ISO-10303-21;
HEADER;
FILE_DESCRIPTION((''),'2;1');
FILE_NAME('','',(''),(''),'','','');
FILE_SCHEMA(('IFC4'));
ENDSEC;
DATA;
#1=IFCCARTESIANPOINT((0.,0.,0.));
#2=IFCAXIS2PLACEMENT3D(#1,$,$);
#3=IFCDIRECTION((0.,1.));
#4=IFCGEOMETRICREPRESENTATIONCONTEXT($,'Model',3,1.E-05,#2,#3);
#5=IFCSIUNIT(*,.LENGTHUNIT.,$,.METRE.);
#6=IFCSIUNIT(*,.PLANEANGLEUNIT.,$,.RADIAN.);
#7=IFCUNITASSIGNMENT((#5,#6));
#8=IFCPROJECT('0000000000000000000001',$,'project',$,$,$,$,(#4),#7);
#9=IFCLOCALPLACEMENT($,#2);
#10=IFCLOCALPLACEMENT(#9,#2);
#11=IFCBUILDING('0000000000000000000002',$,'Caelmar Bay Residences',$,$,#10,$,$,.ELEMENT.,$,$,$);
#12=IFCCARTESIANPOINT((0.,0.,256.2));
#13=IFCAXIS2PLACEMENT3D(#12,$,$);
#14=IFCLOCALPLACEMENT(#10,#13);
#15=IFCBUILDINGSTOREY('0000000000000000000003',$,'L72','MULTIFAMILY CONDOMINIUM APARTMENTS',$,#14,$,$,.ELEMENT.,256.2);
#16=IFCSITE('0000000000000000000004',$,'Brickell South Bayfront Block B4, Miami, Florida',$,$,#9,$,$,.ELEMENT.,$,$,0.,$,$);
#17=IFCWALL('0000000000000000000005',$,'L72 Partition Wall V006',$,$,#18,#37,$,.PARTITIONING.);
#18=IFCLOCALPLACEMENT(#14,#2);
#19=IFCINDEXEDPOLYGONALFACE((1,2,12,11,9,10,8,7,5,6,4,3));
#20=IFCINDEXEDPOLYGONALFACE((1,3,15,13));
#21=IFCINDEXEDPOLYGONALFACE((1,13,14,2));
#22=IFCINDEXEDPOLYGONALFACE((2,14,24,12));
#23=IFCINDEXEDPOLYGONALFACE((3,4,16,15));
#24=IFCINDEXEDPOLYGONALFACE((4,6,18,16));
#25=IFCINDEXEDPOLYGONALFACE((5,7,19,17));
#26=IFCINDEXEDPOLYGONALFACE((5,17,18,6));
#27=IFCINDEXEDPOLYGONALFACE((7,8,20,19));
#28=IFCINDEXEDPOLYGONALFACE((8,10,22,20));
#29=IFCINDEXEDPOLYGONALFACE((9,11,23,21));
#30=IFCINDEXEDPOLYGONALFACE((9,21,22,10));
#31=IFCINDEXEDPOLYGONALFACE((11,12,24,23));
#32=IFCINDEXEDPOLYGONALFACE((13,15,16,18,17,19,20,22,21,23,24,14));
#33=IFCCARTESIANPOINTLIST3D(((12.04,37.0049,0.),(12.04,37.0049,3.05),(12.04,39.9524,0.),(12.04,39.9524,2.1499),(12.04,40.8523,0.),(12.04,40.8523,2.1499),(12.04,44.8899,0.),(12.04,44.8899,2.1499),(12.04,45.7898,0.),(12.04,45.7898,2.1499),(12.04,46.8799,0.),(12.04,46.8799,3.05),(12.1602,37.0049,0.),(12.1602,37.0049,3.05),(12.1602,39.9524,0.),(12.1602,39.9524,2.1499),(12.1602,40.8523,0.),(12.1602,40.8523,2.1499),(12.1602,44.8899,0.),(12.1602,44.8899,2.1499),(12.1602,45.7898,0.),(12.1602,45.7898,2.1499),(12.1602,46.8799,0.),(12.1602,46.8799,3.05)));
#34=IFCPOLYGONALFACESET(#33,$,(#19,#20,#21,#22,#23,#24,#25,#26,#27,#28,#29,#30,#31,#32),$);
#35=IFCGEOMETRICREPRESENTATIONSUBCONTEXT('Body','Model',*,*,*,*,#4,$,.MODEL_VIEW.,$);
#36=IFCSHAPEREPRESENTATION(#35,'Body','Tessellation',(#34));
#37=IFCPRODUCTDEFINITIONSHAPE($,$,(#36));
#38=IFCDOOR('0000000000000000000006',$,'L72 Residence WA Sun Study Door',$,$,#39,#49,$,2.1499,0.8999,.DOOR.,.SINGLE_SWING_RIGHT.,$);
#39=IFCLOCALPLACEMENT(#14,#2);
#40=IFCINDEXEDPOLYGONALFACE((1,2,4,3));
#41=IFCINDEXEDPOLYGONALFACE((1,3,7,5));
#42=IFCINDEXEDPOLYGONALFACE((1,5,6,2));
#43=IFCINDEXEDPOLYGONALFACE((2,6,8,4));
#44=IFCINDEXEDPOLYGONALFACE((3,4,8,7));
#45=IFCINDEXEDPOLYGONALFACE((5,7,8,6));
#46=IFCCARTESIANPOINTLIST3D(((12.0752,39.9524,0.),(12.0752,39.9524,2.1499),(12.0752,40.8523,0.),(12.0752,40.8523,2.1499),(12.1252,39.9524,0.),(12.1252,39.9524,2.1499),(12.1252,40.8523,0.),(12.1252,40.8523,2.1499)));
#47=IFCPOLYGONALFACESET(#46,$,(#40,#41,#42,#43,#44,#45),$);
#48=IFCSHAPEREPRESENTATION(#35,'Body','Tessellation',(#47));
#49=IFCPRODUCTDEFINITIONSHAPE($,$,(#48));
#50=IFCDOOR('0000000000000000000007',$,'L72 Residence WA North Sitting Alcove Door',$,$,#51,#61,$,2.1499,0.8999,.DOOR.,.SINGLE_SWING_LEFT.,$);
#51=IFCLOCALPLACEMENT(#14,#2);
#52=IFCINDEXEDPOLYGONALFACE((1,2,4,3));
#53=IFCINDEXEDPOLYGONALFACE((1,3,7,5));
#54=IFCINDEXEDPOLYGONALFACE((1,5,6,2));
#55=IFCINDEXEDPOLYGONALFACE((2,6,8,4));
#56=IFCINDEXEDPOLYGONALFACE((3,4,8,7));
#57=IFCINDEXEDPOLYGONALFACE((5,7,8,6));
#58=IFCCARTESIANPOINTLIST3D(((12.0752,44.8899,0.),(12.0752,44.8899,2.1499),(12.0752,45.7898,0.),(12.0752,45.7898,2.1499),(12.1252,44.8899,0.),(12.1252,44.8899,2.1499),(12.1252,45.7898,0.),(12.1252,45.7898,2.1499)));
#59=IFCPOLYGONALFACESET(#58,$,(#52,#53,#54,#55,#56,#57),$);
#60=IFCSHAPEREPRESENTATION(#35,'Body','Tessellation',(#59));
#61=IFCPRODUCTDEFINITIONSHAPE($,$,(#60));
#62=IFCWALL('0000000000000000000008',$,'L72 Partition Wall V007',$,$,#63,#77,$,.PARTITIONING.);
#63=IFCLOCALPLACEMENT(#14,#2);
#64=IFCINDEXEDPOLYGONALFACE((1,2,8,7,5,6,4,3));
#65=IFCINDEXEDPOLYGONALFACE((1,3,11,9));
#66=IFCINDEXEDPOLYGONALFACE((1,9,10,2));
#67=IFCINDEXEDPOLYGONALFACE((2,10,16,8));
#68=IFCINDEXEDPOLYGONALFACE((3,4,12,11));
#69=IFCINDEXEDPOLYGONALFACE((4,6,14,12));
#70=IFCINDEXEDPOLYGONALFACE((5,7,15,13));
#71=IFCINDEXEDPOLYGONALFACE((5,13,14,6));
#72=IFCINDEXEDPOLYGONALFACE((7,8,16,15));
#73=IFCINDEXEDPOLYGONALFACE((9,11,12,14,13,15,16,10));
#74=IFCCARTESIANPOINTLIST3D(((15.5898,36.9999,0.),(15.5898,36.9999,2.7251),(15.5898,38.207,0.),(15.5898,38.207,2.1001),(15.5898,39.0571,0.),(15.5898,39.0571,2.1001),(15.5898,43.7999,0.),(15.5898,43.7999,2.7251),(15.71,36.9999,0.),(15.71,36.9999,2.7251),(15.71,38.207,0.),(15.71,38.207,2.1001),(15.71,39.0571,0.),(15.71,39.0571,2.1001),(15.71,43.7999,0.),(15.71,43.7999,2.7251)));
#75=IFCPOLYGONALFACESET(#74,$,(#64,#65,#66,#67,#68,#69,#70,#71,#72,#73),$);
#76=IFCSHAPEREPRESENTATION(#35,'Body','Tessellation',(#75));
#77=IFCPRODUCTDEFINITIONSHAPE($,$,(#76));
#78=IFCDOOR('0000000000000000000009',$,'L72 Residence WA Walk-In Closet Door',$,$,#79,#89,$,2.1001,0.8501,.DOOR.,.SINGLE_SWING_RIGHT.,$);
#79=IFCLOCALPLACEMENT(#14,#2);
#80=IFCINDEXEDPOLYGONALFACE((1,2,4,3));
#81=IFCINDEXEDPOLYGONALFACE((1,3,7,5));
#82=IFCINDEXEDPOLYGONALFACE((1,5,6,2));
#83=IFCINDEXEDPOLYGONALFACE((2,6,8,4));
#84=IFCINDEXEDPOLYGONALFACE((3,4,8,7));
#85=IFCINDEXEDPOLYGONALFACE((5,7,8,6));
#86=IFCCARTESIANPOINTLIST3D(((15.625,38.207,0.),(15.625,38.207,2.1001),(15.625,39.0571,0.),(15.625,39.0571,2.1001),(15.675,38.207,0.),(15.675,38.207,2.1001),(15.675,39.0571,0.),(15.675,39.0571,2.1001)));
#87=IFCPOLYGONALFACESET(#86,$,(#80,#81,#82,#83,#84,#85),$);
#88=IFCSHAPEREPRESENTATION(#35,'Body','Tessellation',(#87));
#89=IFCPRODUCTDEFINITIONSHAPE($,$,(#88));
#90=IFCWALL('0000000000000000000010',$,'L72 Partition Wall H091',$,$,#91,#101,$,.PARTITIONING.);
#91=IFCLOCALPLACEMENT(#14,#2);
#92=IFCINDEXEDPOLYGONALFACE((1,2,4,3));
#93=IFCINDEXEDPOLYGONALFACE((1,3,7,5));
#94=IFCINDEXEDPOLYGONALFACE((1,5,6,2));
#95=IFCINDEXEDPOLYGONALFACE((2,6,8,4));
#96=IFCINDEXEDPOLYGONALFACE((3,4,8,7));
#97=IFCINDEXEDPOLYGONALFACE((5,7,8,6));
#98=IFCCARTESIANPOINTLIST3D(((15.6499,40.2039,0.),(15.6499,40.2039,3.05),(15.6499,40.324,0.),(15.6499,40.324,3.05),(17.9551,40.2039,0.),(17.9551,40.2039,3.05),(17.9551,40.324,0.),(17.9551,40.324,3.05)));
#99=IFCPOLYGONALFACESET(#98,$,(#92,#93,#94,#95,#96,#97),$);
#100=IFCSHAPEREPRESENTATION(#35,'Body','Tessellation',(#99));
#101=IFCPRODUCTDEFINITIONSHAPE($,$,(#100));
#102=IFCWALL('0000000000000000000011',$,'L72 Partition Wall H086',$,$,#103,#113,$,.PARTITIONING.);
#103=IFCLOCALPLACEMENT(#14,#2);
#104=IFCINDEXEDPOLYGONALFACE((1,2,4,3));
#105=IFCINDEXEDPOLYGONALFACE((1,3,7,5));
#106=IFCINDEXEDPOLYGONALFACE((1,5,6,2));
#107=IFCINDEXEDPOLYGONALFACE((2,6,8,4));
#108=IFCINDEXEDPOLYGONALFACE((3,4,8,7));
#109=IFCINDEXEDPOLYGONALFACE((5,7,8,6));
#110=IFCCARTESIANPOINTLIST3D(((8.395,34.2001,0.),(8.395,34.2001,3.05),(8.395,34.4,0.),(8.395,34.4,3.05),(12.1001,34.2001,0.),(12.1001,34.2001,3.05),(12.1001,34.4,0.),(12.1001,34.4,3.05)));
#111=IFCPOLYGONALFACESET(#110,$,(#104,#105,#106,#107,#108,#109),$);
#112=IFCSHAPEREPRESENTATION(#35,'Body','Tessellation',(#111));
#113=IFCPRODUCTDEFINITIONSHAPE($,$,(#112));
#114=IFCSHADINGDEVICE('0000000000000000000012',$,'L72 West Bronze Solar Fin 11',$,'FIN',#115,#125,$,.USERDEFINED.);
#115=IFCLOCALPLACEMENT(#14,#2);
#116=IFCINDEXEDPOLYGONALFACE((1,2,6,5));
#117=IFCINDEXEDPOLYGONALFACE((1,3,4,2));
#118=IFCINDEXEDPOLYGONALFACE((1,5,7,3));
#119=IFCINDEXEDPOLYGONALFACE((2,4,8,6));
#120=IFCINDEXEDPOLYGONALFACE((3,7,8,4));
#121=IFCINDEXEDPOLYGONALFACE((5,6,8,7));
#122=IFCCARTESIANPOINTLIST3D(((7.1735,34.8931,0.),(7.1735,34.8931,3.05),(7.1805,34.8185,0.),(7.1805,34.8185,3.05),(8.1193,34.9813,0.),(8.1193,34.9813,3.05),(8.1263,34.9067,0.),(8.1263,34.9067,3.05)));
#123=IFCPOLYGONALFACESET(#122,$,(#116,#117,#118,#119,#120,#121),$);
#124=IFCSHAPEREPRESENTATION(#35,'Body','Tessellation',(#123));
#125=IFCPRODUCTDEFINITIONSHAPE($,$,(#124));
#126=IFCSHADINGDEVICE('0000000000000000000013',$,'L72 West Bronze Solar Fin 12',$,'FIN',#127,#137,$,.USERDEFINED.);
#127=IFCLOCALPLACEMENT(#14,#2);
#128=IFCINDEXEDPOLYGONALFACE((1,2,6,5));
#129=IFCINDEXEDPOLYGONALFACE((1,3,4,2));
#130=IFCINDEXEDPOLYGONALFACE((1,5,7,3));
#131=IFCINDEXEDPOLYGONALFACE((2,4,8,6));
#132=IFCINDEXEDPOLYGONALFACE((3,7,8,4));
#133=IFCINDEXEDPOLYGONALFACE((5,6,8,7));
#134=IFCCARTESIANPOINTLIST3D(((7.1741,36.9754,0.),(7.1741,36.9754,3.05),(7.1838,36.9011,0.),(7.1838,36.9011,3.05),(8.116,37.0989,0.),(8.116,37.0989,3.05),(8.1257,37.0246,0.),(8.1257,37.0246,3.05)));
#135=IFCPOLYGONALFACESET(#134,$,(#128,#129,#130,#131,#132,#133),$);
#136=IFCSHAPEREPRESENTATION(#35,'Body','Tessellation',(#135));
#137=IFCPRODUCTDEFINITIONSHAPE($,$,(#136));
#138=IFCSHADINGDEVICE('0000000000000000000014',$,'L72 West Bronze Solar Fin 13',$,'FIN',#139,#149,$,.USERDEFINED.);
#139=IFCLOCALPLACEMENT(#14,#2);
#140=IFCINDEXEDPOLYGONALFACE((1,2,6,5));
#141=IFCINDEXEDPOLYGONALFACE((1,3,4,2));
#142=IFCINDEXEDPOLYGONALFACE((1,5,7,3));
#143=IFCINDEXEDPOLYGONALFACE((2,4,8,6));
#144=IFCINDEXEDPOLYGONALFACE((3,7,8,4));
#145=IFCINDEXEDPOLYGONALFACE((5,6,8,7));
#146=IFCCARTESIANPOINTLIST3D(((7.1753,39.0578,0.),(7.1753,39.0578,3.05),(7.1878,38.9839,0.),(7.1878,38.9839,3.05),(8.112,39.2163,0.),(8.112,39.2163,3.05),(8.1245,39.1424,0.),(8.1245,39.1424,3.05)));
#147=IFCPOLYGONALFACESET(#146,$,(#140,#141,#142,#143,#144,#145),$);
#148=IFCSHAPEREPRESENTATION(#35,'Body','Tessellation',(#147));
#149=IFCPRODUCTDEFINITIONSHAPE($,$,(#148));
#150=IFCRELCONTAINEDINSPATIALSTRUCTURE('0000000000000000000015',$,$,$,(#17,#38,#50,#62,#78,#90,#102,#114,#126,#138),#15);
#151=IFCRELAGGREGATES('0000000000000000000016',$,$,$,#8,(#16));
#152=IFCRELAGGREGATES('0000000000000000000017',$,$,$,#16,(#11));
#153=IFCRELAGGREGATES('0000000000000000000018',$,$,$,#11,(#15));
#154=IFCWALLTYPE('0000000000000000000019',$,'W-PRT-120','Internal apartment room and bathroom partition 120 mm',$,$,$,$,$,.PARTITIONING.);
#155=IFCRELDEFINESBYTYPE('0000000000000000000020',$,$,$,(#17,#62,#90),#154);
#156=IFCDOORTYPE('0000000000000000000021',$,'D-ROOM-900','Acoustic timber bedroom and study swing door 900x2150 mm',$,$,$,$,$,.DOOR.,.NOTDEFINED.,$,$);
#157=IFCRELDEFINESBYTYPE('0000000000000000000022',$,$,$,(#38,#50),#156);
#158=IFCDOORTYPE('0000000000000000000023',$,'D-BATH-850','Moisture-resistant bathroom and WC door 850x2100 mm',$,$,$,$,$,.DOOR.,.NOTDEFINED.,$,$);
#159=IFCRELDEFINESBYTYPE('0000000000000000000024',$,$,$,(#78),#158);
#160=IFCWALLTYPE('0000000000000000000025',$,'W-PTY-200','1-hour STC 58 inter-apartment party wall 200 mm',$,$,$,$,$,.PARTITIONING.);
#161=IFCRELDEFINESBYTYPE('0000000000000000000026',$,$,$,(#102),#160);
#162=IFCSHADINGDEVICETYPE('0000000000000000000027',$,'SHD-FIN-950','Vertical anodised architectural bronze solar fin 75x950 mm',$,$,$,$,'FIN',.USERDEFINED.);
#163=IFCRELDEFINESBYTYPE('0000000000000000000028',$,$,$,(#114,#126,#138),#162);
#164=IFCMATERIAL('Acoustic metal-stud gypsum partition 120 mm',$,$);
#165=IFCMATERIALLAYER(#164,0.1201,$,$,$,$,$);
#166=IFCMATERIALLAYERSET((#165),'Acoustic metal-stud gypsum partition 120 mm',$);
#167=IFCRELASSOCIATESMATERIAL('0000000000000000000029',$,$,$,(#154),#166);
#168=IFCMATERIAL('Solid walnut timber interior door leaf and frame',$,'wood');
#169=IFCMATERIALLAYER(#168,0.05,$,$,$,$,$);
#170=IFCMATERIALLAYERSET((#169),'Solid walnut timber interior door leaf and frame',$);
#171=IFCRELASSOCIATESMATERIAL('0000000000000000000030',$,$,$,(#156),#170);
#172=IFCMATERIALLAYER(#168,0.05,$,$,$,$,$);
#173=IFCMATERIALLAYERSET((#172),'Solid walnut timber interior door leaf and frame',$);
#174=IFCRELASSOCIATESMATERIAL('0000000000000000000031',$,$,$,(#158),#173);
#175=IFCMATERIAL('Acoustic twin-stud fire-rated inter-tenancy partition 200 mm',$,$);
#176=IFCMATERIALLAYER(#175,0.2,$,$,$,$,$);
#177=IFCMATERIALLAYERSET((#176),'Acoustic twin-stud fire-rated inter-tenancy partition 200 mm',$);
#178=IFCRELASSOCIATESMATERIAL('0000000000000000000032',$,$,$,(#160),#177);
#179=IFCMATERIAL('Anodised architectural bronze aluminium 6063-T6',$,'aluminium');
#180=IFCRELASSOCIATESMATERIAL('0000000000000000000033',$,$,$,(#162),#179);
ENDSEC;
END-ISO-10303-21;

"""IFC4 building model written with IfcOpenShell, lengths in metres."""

from ifc_helpers import new_model, si_unit, direction, frame, frame_2d, origin, origin_2d, place, context, subcontext, project, spatial, rectangle, extrude, material, layer, layer_set, material_profile, profile_set, type_object, element, fill, save


model = new_model("IFC4")

# Units and contexts
model_context = context("Model", 3, precision=1e-05, world=origin(), true_north=direction((0.0, 1.0)))
body_context = subcontext(model_context, "Body", "Model", "MODEL_VIEW")
ifc_project = project(units=[si_unit("LENGTHUNIT", "METRE"), si_unit("PLANEANGLEUNIT", "RADIAN")], contexts=[model_context])

# Site, building, storey
site_placement = place(None, origin())
site = spatial("IfcSite", under=ifc_project, at=site_placement, Name="Brickell South Bayfront Block B4, Miami, Florida", CompositionType="ELEMENT", RefElevation=0.0)
building_placement = place(site_placement, origin())
building = spatial("IfcBuilding", under=site, at=building_placement, Name="Caelmar Bay Residences", CompositionType="ELEMENT")
storey_placement = place(building_placement, frame((0.0, 0.0, 256.2)))
storey = spatial("IfcBuildingStorey", under=building, at=storey_placement, Name="L72", Description="MULTIFAMILY CONDOMINIUM APARTMENTS", CompositionType="ELEMENT", Elevation=256.2)

# Wall, openings, doors
ifc_material_1 = material(Name="Acoustic metal-stud gypsum partition 120 mm")
ifc_layer_1 = layer(ifc_material_1, 0.1201)
ifc_layer_set_1 = layer_set([ifc_layer_1], Name="Acoustic metal-stud gypsum partition 120 mm")
wall_type_1 = type_object("IfcWallType", Name="W-PRT-120", Description="Internal apartment room and bathroom partition 120 mm", PredefinedType="PARTITIONING", material=ifc_layer_set_1)
wall_1_placement = place(storey_placement, frame((12.1001, 37.0049, 0.0), z_axis=(0.0, 0.0, 1.0), x_axis=(0.0, 1.0, 0.0)))
wall_1 = element("IfcWall", 1, at=wall_1_placement, inside=storey, type_object=wall_type_1, Name="L72 Partition Wall V006", PredefinedType="PARTITIONING", context=body_context, shape_type="SweptSolid", body=[
    extrude(rectangle(XDim=9.875, YDim=0.1201, at=frame_2d((4.9375, 0.0))), origin(), (0.0, 0.0, 1.0), 3.05),
])
opening_1_placement = place(wall_1_placement, frame((2.9475, 0.0, 0.0)))
opening_1 = element("IfcOpeningElement", 2, at=opening_1_placement, cuts=wall_1, PredefinedType="OPENING", context=body_context, shape_type="SweptSolid", body=[
    extrude(rectangle(XDim=0.8999, YDim=2.1499, at=frame_2d((0.45, 1.075))), frame((0.0, 0.0701, 0.0), z_axis=(0.0, -1.0, 0.0), x_axis=(1.0, 0.0, 0.0)), (0.0, 0.0, 1.0), 0.1401),
])
opening_2_placement = place(wall_1_placement, frame((7.885, 0.0, 0.0)))
opening_2 = element("IfcOpeningElement", 3, at=opening_2_placement, cuts=wall_1, PredefinedType="OPENING", context=body_context, shape_type="SweptSolid", body=[
    extrude(rectangle(XDim=0.8999, YDim=2.1499, at=frame_2d((0.45, 1.075))), frame((0.0, 0.0701, 0.0), z_axis=(0.0, -1.0, 0.0), x_axis=(1.0, 0.0, 0.0)), (0.0, 0.0, 1.0), 0.1401),
])
ifc_material_2 = material(Name="Solid walnut timber interior door leaf and frame", Category="wood")
ifc_layer_2 = layer(ifc_material_2, 0.05)
ifc_layer_set_2 = layer_set([ifc_layer_2], Name="Solid walnut timber interior door leaf and frame")
door_type_1 = type_object("IfcDoorType", Name="D-ROOM-900", Description="Acoustic timber bedroom and study swing door 900x2150 mm", OperationType="NOTDEFINED", PredefinedType="DOOR", material=ifc_layer_set_2)
door_1_placement = place(opening_1_placement, origin())
door_1 = element("IfcDoor", 4, at=door_1_placement, inside=storey, type_object=door_type_1, Name="L72 Residence WA Sun Study Door", OperationType="SINGLE_SWING_RIGHT", OverallHeight=2.1499, OverallWidth=0.8999, PredefinedType="DOOR", context=body_context, shape_type="SweptSolid", body=[
    extrude(rectangle(XDim=0.8999, YDim=2.1499, at=frame_2d((0.45, 1.075))), frame((0.0, 0.0249, 0.0), z_axis=(0.0, -1.0, 0.0), x_axis=(1.0, 0.0, 0.0)), (0.0, 0.0, 1.0), 0.05),
])
fill(opening_1, door_1)
door_2_placement = place(opening_2_placement, origin())
door_2 = element("IfcDoor", 5, at=door_2_placement, inside=storey, type_object=door_type_1, Name="L72 Residence WA North Sitting Alcove Door", OperationType="SINGLE_SWING_LEFT", OverallHeight=2.1499, OverallWidth=0.8999, PredefinedType="DOOR", context=body_context, shape_type="SweptSolid", body=[
    extrude(rectangle(XDim=0.8999, YDim=2.1499, at=frame_2d((0.45, 1.075))), frame((0.0, 0.0249, 0.0), z_axis=(0.0, -1.0, 0.0), x_axis=(1.0, 0.0, 0.0)), (0.0, 0.0, 1.0), 0.05),
])
fill(opening_2, door_2)

# Wall, opening, door
wall_2_placement = place(storey_placement, frame((15.6499, 37.0, 0.0), z_axis=(0.0, 0.0, 1.0), x_axis=(0.0, 1.0, 0.0)))
wall_2 = element("IfcWall", 6, at=wall_2_placement, inside=storey, type_object=wall_type_1, Name="L72 Partition Wall V007", PredefinedType="PARTITIONING", context=body_context, shape_type="SweptSolid", body=[
    extrude(rectangle(XDim=6.8, YDim=0.1201, at=frame_2d((3.3999, 0.0))), origin(), (0.0, 0.0, 1.0), 2.7251),
])
opening_3_placement = place(wall_2_placement, frame((1.207, 0.0, 0.0)))
opening_3 = element("IfcOpeningElement", 7, at=opening_3_placement, cuts=wall_2, PredefinedType="OPENING", context=body_context, shape_type="SweptSolid", body=[
    extrude(rectangle(XDim=0.8501, YDim=2.1001, at=frame_2d((0.425, 1.05))), frame((0.0, 0.0701, 0.0), z_axis=(0.0, -1.0, 0.0), x_axis=(1.0, 0.0, 0.0)), (0.0, 0.0, 1.0), 0.1401),
])
ifc_layer_3 = layer(ifc_material_2, 0.05)
ifc_layer_set_3 = layer_set([ifc_layer_3], Name="Solid walnut timber interior door leaf and frame")
door_type_2 = type_object("IfcDoorType", Name="D-BATH-850", Description="Moisture-resistant bathroom and WC door 850x2100 mm", OperationType="NOTDEFINED", PredefinedType="DOOR", material=ifc_layer_set_3)
door_3_placement = place(opening_3_placement, origin())
door_3 = element("IfcDoor", 8, at=door_3_placement, inside=storey, type_object=door_type_2, Name="L72 Residence WA Walk-In Closet Door", OperationType="SINGLE_SWING_RIGHT", OverallHeight=2.1001, OverallWidth=0.8501, PredefinedType="DOOR", context=body_context, shape_type="SweptSolid", body=[
    extrude(rectangle(XDim=0.8501, YDim=2.1001, at=frame_2d((0.425, 1.05))), frame((0.0, 0.0249, 0.0), z_axis=(0.0, -1.0, 0.0), x_axis=(1.0, 0.0, 0.0)), (0.0, 0.0, 1.0), 0.05),
])
fill(opening_3, door_3)

# Walls
wall_3_placement = place(storey_placement, frame((15.6499, 40.2639, 0.0), z_axis=(0.0, 0.0, 1.0), x_axis=(1.0, 0.0, 0.0)))
element("IfcWall", 9, at=wall_3_placement, inside=storey, type_object=wall_type_1, Name="L72 Partition Wall H091", PredefinedType="PARTITIONING", context=body_context, shape_type="SweptSolid", body=[
    extrude(rectangle(XDim=2.3052, YDim=0.1201, at=frame_2d((1.1526, 0.0))), origin(), (0.0, 0.0, 1.0), 3.05),
])
ifc_material_3 = material(Name="Acoustic twin-stud fire-rated inter-tenancy partition 200 mm")
ifc_layer_4 = layer(ifc_material_3, 0.2)
ifc_layer_set_4 = layer_set([ifc_layer_4], Name="Acoustic twin-stud fire-rated inter-tenancy partition 200 mm")
wall_type_2 = type_object("IfcWallType", Name="W-PTY-200", Description="1-hour STC 58 inter-apartment party wall 200 mm", PredefinedType="PARTITIONING", material=ifc_layer_set_4)
wall_4_placement = place(storey_placement, frame((8.395, 34.3, 0.0), z_axis=(0.0, 0.0, 1.0), x_axis=(1.0, 0.0, 0.0)))
element("IfcWall", 10, at=wall_4_placement, inside=storey, type_object=wall_type_2, Name="L72 Partition Wall H086", PredefinedType="PARTITIONING", context=body_context, shape_type="SweptSolid", body=[
    extrude(rectangle(XDim=3.7051, YDim=0.2, at=frame_2d((1.8525, 0.0))), origin(), (0.0, 0.0, 1.0), 3.05),
])

# Shading devices
ifc_material_4 = material(Name="Anodised architectural bronze aluminium 6063-T6", Category="aluminium")
ifc_material_profile = material_profile(ifc_material_4, rectangle(XDim=0.075, YDim=0.95, at=origin_2d()), Name="BRONZE-FIN-75X950")
ifc_profile_set = profile_set([ifc_material_profile], Name="Anodised architectural bronze aluminium 6063-T6")
shading_device_type = type_object("IfcShadingDeviceType", Name="SHD-FIN-950", Description="Vertical anodised architectural bronze solar fin 75x950 mm", ElementType="FIN", PredefinedType="USERDEFINED", material=ifc_profile_set)
for number, where, z_axis, x_axis, name in (
    (11, (7.6499, 34.8999, 0.0), (0.0, 0.0, 1.0), (-0.092892, 0.995676, 0.0), "L72 West Bronze Solar Fin 11"),
    (12, (7.6499, 37.0, 0.0), (0.0, 0.0, 1.0), (-0.130007, 0.991513, 0.0), "L72 West Bronze Solar Fin 12"),
    (13, (7.6499, 39.1001, 0.0), (0.0, 0.0, 1.0), (-0.166769, 0.985996, 0.0), "L72 West Bronze Solar Fin 13"),
):
    element("IfcShadingDevice", number, at=place(storey_placement, frame(where, z_axis=z_axis, x_axis=x_axis)), inside=storey, type_object=shading_device_type, Name=name, ObjectType="FIN", PredefinedType="USERDEFINED", context=body_context, shape_type="SweptSolid", body=[
        extrude(rectangle(XDim=0.075, YDim=0.95, at=origin_2d()), origin(), (0.0, 0.0, 1.0), 3.05),
    ])

save(model, "model.ifc")
